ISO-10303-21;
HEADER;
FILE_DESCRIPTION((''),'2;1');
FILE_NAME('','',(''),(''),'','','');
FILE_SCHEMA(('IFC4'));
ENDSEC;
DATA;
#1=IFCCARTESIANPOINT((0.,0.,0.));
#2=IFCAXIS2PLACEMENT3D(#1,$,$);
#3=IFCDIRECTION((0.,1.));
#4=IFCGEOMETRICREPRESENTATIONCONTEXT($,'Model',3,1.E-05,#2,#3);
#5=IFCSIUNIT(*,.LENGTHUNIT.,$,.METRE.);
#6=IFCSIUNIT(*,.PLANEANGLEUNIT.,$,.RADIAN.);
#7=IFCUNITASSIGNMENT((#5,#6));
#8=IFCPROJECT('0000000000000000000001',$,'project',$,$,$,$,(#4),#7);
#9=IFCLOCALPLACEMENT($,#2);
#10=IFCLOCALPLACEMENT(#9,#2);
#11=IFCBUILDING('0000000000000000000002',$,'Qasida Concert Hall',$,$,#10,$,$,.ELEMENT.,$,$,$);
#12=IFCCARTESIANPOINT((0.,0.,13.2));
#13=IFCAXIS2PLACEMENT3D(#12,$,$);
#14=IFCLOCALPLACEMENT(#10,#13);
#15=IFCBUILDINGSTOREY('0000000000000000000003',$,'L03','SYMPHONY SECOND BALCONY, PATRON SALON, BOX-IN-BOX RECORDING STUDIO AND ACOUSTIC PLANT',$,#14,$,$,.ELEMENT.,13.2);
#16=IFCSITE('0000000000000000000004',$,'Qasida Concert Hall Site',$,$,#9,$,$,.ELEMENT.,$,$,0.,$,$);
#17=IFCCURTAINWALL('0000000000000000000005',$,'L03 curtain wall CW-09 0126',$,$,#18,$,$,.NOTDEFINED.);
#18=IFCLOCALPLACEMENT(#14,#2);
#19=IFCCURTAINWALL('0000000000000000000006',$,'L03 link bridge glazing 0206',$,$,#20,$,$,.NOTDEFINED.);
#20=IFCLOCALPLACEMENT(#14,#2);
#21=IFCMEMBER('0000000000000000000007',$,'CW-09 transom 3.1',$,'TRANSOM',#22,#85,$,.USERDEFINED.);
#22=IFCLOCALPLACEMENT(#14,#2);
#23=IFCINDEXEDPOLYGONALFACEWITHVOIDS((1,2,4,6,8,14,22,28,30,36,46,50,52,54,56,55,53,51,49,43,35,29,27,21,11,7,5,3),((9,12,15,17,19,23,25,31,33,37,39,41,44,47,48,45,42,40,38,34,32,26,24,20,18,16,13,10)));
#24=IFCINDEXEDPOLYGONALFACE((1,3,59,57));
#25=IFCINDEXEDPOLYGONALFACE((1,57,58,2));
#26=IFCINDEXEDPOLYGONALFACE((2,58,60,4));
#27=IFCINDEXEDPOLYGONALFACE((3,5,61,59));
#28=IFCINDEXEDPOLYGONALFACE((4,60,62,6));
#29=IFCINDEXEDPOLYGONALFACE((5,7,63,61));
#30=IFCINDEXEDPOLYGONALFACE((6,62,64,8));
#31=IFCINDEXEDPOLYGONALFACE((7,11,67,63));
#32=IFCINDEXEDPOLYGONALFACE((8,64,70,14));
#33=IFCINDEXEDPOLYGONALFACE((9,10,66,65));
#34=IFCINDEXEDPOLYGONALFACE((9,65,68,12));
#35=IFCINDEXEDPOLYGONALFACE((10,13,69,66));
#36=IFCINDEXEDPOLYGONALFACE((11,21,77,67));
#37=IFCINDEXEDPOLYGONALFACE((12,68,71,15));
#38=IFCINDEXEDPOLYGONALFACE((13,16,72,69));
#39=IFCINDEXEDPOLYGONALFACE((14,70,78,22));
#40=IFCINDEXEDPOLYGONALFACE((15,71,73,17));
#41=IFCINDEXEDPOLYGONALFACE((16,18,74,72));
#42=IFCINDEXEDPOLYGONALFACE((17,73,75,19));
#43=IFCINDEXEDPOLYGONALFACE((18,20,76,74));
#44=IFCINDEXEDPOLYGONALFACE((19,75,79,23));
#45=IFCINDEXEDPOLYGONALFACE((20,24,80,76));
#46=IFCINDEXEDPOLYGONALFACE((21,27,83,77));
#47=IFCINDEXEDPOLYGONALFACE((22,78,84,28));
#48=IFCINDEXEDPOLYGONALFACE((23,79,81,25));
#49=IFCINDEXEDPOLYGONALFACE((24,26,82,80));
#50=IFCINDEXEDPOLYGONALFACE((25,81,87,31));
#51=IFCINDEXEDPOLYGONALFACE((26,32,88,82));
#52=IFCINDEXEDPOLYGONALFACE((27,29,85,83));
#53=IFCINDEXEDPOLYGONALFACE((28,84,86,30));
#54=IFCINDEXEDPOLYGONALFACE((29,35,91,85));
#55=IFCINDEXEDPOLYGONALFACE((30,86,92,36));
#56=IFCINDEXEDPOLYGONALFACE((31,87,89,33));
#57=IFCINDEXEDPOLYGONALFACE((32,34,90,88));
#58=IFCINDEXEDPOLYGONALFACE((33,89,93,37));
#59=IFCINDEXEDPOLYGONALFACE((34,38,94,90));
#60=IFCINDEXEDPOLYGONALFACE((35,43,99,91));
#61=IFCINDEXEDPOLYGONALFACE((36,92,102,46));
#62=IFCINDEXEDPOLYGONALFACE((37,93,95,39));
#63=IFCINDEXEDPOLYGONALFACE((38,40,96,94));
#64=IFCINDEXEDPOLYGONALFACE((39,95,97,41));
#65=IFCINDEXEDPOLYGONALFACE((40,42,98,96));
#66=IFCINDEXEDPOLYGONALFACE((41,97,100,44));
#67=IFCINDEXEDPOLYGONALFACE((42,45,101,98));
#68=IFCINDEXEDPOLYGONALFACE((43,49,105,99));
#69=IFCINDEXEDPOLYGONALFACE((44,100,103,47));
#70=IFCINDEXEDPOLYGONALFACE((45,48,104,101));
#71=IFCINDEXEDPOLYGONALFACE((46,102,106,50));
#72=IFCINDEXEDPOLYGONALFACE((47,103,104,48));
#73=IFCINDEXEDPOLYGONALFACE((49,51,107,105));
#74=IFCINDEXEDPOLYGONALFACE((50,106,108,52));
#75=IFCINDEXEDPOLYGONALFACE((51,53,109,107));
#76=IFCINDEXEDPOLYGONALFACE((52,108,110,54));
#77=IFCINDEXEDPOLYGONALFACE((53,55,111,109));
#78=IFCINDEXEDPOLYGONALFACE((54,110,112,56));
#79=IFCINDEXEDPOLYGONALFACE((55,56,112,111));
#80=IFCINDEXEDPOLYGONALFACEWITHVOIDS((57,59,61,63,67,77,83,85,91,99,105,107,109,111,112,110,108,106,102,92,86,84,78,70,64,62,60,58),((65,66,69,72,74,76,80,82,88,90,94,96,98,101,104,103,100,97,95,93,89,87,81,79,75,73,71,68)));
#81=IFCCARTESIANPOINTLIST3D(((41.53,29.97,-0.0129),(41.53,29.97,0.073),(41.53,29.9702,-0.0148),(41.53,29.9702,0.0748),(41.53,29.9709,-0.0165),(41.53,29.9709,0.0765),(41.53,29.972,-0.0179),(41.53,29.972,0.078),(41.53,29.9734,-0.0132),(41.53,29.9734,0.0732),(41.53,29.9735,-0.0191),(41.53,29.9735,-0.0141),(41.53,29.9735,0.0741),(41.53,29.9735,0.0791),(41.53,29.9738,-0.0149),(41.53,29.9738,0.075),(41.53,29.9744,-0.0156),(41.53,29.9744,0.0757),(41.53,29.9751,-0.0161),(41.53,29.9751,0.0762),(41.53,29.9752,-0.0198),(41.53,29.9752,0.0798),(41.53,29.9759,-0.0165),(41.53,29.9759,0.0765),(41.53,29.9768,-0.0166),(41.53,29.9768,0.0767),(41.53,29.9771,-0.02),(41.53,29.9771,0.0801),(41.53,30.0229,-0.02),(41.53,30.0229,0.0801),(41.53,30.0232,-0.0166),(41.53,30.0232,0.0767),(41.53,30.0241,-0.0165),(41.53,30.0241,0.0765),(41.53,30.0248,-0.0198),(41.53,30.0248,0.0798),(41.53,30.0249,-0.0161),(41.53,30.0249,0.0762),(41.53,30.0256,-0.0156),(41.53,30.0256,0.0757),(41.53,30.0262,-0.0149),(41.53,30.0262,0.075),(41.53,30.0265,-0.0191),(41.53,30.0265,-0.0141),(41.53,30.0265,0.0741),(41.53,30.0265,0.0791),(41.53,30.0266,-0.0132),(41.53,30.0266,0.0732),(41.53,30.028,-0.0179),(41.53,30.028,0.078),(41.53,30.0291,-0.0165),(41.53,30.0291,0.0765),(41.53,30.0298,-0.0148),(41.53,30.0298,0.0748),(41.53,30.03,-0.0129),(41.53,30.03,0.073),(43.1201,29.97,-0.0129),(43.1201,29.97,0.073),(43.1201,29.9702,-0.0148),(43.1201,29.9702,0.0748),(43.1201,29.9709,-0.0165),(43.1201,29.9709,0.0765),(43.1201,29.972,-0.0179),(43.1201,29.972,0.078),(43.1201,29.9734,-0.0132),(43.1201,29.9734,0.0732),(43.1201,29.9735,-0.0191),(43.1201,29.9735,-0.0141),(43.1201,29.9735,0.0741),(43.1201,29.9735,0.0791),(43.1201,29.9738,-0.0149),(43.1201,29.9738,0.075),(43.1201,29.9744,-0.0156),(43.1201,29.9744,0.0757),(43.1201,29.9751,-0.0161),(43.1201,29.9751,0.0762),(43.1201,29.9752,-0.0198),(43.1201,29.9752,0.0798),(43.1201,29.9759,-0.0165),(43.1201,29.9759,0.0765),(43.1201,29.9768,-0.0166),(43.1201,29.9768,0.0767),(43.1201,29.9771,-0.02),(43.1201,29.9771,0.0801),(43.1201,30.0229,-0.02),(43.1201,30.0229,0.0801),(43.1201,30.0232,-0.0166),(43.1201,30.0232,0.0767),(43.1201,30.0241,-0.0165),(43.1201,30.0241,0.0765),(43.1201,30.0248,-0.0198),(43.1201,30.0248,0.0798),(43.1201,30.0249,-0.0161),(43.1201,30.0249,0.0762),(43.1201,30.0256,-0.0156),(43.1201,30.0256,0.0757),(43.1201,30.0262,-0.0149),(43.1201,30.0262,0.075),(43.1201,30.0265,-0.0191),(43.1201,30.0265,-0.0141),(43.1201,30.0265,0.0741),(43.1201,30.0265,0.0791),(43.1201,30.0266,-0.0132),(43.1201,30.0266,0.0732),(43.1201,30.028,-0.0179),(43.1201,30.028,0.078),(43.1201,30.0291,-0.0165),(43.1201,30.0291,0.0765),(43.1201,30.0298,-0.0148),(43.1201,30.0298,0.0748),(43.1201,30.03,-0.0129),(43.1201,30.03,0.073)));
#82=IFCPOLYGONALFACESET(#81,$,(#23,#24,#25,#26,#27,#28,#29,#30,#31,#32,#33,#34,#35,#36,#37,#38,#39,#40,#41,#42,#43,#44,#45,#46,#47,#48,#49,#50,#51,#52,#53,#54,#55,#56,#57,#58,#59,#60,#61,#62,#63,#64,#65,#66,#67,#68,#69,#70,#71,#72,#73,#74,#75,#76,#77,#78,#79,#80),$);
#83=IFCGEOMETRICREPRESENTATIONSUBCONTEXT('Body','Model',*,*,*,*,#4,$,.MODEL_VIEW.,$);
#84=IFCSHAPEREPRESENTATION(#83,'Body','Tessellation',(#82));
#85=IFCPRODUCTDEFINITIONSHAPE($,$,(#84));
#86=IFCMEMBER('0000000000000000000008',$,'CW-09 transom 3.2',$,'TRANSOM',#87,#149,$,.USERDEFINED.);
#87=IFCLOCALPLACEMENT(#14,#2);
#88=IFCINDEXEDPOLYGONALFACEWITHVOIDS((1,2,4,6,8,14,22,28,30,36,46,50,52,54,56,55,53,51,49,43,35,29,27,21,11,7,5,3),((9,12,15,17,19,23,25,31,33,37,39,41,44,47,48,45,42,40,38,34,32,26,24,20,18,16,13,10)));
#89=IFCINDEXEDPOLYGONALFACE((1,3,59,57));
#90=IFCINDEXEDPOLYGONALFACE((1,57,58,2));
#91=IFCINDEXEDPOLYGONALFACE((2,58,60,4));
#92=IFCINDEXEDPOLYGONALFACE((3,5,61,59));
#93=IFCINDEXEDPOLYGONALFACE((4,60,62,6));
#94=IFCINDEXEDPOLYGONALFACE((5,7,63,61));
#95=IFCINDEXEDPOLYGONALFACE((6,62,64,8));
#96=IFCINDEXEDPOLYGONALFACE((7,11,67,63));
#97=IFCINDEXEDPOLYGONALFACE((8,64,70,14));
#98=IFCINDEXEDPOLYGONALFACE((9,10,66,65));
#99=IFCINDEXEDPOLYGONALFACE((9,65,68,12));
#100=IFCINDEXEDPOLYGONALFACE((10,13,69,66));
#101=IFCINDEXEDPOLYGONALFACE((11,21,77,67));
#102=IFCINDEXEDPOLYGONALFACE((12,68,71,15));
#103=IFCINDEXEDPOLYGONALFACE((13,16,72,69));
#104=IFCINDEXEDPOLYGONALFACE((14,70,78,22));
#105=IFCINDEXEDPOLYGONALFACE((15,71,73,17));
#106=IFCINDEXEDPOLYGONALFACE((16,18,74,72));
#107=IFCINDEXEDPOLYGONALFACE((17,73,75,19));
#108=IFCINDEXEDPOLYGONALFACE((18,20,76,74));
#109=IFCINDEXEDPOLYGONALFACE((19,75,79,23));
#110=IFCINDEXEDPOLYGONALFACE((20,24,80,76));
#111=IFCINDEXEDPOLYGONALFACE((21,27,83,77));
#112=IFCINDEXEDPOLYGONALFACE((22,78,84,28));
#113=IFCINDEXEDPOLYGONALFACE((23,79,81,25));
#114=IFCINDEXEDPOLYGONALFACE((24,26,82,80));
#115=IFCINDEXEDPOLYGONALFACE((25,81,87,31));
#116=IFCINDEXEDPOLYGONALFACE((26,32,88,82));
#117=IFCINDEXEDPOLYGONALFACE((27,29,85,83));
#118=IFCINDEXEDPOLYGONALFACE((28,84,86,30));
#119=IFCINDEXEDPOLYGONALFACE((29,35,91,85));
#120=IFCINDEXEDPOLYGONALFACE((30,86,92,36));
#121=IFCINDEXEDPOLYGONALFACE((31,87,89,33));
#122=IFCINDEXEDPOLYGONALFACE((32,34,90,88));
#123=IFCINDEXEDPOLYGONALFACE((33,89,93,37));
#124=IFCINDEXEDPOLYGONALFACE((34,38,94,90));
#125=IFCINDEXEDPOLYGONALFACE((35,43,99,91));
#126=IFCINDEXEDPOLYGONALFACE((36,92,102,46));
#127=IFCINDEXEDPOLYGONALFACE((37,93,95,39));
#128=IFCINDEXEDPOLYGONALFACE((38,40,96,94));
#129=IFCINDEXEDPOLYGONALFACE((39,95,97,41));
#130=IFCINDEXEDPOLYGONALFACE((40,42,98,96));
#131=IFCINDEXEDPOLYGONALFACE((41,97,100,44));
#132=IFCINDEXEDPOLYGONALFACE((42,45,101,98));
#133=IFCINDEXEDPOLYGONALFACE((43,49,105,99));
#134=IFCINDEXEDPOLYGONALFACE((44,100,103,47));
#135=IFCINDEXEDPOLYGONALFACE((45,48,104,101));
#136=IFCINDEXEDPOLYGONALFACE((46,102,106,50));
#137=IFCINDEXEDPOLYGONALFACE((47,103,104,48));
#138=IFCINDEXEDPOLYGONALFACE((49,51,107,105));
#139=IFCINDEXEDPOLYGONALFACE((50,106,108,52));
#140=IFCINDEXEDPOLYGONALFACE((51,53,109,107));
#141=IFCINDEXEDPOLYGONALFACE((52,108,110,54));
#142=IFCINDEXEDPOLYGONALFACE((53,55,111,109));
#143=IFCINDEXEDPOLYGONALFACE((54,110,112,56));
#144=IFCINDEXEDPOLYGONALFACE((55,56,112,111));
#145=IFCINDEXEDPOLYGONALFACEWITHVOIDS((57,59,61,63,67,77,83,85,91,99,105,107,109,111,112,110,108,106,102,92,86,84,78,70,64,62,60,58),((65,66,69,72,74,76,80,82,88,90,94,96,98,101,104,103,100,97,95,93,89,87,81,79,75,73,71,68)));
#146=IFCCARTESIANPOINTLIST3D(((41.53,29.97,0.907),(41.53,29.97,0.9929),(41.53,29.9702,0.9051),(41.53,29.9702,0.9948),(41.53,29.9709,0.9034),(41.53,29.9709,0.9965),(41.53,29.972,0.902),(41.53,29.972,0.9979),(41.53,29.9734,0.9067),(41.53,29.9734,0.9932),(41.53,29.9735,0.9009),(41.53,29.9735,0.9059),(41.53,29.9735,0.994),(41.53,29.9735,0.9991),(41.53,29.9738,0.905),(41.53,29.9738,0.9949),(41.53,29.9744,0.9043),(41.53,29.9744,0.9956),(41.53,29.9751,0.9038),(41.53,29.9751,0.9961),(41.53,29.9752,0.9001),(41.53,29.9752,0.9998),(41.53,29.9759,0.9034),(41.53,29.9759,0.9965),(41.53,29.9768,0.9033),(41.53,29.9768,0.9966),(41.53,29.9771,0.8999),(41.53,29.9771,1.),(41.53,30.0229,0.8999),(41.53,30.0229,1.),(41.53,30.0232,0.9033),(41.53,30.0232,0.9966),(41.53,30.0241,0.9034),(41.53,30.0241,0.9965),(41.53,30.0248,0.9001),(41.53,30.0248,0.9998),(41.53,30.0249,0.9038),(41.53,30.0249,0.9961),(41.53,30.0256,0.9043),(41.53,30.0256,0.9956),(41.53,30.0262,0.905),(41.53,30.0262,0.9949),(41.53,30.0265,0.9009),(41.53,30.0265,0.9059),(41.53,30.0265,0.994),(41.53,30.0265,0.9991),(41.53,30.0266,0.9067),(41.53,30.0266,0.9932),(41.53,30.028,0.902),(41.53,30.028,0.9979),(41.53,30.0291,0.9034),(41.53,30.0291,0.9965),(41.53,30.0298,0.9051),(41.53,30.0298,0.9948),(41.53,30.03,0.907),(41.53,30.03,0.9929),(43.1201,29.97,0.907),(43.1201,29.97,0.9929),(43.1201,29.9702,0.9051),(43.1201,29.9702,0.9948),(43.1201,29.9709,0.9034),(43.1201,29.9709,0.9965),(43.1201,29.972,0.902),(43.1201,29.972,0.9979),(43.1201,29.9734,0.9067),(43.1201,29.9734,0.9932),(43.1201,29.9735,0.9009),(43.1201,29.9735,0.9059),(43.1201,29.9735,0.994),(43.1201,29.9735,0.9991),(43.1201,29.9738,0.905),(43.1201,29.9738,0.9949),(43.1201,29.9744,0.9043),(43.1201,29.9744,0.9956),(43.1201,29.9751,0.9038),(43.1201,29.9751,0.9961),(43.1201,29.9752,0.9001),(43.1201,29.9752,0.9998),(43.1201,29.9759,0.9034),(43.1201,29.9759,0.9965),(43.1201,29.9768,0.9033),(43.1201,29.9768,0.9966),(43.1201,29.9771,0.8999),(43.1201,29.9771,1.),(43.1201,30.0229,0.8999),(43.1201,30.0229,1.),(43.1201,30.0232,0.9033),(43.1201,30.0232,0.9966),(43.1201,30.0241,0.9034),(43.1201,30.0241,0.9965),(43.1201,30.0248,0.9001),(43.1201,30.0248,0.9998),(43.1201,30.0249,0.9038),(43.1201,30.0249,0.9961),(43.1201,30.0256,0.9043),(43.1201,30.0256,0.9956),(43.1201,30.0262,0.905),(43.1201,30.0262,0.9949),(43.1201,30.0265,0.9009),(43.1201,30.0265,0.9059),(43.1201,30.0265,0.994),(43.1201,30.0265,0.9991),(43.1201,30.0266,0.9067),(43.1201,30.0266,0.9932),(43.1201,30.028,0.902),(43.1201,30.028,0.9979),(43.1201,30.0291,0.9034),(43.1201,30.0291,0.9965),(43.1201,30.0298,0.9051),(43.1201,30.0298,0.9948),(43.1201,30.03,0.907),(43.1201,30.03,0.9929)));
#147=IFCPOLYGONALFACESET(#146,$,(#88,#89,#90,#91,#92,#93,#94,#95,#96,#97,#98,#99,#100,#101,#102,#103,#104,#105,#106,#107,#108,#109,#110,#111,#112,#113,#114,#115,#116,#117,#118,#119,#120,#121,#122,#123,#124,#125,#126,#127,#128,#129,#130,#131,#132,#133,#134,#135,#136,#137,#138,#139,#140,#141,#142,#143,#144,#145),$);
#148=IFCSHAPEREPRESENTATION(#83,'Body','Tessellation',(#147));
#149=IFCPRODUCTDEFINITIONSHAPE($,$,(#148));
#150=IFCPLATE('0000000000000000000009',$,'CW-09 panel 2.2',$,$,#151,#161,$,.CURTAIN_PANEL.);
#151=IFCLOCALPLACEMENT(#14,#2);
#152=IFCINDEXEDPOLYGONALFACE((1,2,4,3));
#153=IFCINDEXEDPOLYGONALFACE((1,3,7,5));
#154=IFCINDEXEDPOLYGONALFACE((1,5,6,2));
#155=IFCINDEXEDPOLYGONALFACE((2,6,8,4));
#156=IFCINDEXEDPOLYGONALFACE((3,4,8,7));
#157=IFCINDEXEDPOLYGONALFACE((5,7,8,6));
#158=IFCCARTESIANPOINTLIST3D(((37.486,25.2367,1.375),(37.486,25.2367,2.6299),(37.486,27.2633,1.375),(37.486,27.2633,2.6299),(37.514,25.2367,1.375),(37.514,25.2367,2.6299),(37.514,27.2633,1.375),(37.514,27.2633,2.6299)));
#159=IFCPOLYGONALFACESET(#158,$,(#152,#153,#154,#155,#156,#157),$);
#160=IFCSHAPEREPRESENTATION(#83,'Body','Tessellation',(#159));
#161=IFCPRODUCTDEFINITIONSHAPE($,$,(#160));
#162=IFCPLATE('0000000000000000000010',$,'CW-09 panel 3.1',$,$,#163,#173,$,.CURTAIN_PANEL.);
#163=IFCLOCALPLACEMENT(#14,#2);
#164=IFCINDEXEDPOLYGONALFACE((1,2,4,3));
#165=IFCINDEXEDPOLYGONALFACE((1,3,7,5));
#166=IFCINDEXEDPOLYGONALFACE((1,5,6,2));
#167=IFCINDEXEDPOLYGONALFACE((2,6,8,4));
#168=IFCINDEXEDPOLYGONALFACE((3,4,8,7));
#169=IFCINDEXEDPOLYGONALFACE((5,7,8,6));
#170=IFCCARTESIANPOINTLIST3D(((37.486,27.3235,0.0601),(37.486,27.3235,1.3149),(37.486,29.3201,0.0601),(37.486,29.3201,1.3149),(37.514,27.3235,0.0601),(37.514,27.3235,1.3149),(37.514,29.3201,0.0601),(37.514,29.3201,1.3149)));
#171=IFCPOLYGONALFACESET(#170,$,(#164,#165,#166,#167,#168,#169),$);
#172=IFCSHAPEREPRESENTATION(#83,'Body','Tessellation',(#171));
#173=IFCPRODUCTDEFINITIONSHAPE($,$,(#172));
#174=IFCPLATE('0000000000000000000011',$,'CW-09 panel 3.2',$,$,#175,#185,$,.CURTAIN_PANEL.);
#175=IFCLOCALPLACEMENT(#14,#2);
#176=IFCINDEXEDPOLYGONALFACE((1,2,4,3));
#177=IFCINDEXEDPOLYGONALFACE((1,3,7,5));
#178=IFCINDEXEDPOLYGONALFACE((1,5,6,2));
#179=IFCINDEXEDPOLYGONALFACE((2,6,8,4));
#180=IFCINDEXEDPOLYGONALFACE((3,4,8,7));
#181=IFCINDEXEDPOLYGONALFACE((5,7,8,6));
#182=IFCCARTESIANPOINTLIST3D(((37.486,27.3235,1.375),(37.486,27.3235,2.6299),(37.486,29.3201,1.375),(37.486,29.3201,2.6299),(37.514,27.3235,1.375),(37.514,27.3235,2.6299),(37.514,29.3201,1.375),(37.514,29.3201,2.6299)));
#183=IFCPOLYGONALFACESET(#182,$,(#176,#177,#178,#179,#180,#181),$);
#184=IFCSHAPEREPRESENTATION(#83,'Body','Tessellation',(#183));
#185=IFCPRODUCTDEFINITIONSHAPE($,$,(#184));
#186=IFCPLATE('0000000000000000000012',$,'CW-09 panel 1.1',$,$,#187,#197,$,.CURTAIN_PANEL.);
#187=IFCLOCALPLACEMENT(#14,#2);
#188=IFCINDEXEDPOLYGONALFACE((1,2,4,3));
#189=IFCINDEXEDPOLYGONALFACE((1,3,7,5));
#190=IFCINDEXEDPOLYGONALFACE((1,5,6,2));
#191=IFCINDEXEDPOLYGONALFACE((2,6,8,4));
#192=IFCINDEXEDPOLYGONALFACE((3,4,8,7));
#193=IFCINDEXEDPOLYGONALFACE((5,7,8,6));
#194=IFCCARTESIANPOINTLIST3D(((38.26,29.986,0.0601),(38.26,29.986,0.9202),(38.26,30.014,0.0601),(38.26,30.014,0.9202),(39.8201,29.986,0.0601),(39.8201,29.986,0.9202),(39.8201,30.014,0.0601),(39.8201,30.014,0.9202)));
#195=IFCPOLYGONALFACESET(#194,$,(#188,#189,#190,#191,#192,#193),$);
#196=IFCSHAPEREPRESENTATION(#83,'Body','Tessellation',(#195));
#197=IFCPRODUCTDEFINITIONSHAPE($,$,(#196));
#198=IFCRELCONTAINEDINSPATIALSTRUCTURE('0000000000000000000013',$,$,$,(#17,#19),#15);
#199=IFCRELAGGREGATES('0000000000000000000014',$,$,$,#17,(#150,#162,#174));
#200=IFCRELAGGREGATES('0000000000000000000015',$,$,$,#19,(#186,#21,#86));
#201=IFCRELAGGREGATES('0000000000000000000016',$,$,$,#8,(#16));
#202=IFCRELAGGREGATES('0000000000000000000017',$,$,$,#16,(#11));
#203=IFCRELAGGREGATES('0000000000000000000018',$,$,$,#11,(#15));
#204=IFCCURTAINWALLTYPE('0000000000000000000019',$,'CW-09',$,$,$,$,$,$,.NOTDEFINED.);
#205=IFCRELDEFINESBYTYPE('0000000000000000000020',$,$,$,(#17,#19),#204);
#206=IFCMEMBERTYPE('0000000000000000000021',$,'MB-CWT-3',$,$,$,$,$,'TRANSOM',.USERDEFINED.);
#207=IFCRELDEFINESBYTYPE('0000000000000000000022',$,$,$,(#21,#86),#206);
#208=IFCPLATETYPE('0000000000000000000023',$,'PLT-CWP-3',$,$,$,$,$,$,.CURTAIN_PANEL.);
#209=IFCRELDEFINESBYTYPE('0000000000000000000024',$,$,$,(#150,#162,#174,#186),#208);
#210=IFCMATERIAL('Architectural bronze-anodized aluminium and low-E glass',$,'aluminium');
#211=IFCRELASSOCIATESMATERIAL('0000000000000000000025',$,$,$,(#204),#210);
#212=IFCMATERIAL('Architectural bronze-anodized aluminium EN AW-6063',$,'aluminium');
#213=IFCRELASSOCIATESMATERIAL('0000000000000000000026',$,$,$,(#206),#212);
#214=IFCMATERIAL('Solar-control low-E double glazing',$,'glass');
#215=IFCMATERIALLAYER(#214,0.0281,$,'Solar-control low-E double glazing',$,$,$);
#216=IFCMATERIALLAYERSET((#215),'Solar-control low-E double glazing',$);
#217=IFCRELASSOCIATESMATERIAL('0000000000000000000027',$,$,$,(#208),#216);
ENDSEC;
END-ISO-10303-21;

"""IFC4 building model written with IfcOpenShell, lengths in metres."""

from ifc_helpers import new_model, si_unit, direction, frame, origin, origin_2d, place, context, subcontext, project, spatial, rectangle, hollow_rectangle, extrude, material, layer, layer_set, material_profile, profile_set, type_object, element, aggregate, save


model = new_model("IFC4")

# Units and contexts
model_context = context("Model", 3, precision=1e-05, world=origin(), true_north=direction((0.0, 1.0)))
body_context = subcontext(model_context, "Body", "Model", "MODEL_VIEW")
ifc_project = project(units=[si_unit("LENGTHUNIT", "METRE"), si_unit("PLANEANGLEUNIT", "RADIAN")], contexts=[model_context])

# Site, building, storey
site_placement = place(None, origin())
site = spatial("IfcSite", under=ifc_project, at=site_placement, Name="Qasida Concert Hall Site", CompositionType="ELEMENT", RefElevation=0.0)
building_placement = place(site_placement, origin())
building = spatial("IfcBuilding", under=site, at=building_placement, Name="Qasida Concert Hall", CompositionType="ELEMENT")
storey_placement = place(building_placement, frame((0.0, 0.0, 13.2)))
storey = spatial("IfcBuildingStorey", under=building, at=storey_placement, Name="L03", Description="SYMPHONY SECOND BALCONY, PATRON SALON, BOX-IN-BOX RECORDING STUDIO AND ACOUSTIC PLANT", CompositionType="ELEMENT", Elevation=13.2)

# Curtain walls
ifc_material_1 = material(Name="Architectural bronze-anodized aluminium and low-E glass", Category="aluminium")
curtain_wall_type = type_object("IfcCurtainWallType", Name="CW-09", PredefinedType="NOTDEFINED", material=ifc_material_1)
curtain_wall_1_placement = place(storey_placement, origin())
curtain_wall_1 = element("IfcCurtainWall", 1, at=curtain_wall_1_placement, inside=storey, type_object=curtain_wall_type, Name="L03 curtain wall CW-09 0126", PredefinedType="NOTDEFINED")
ifc_material_2 = material(Name="Architectural bronze-anodized aluminium EN AW-6063", Category="aluminium")
curtain_wall_2_placement = place(storey_placement, origin())
curtain_wall_2 = element("IfcCurtainWall", 2, at=curtain_wall_2_placement, inside=storey, type_object=curtain_wall_type, Name="L03 link bridge glazing 0206", PredefinedType="NOTDEFINED")

# Members
ifc_material_profile_1 = material_profile(ifc_material_2, hollow_rectangle(XDim=0.0601, YDim=0.1001, WallThickness=0.0034, InnerFilletRadius=0.0034, OuterFilletRadius=0.0071, at=origin_2d()), Name="CWT 100x60x3.5")
ifc_profile_set_1 = profile_set([ifc_material_profile_1], Name="Architectural bronze-anodized aluminium EN AW-6063")
member_type_1 = type_object("IfcMemberType", Name="MB-CWT-3", ElementType="TRANSOM", PredefinedType="USERDEFINED", material=ifc_profile_set_1)
member_1_placement = place(storey_placement, frame((41.53, 30.0, 0.03), z_axis=(1.0, 0.0, 0.0), x_axis=(0.0, 1.0, 0.0)))
member_1 = element("IfcMember", 3, at=member_1_placement, type_object=member_type_1, Name="CW-09 transom 3.1", ObjectType="TRANSOM", PredefinedType="USERDEFINED", context=body_context, shape_type="SweptSolid", body=[
    extrude(hollow_rectangle(XDim=0.0601, YDim=0.1001, WallThickness=0.0034, InnerFilletRadius=0.0034, OuterFilletRadius=0.0071, at=origin_2d()), origin(), (0.0, 0.0, 1.0), 1.5901),
])
member_2_placement = place(storey_placement, frame((41.53, 30.0, 0.95), z_axis=(1.0, 0.0, 0.0), x_axis=(0.0, 1.0, 0.0)))
member_2 = element("IfcMember", 4, at=member_2_placement, type_object=member_type_1, Name="CW-09 transom 3.2", ObjectType="TRANSOM", PredefinedType="USERDEFINED", context=body_context, shape_type="SweptSolid", body=[
    extrude(hollow_rectangle(XDim=0.0601, YDim=0.1001, WallThickness=0.0034, InnerFilletRadius=0.0034, OuterFilletRadius=0.0071, at=origin_2d()), origin(), (0.0, 0.0, 1.0), 1.5901),
])

# Plates
ifc_material_3 = material(Name="Solar-control low-E double glazing", Category="glass")
ifc_layer_1 = layer(ifc_material_3, 0.0281, Name="Solar-control low-E double glazing")
ifc_layer_set_1 = layer_set([ifc_layer_1], Name="Solar-control low-E double glazing")
plate_type = type_object("IfcPlateType", Name="PLT-CWP-3", PredefinedType="CURTAIN_PANEL", material=ifc_layer_set_1)
plate_1_placement = place(storey_placement, frame((37.5, 26.25, 1.375), z_axis=(0.0, 0.0, 1.0), x_axis=(0.0, 1.0, 0.0)))
plate_1 = element("IfcPlate", 5, at=plate_1_placement, type_object=plate_type, Name="CW-09 panel 2.2", PredefinedType="CURTAIN_PANEL", context=body_context, shape_type="SweptSolid", body=[
    extrude(rectangle(XDim=2.0266, YDim=0.0281, at=origin_2d()), origin(), (0.0, 0.0, 1.0), 1.2549),
])
plate_2_placement = place(storey_placement, frame((37.5, 28.3218, 0.0601), z_axis=(0.0, 0.0, 1.0), x_axis=(0.0, 1.0, 0.0)))
plate_2 = element("IfcPlate", 6, at=plate_2_placement, type_object=plate_type, Name="CW-09 panel 3.1", PredefinedType="CURTAIN_PANEL", context=body_context, shape_type="SweptSolid", body=[
    extrude(rectangle(XDim=1.9966, YDim=0.0281, at=origin_2d()), origin(), (0.0, 0.0, 1.0), 1.2549),
])
plate_3_placement = place(storey_placement, frame((37.5, 28.3218, 1.375), z_axis=(0.0, 0.0, 1.0), x_axis=(0.0, 1.0, 0.0)))
plate_3 = element("IfcPlate", 7, at=plate_3_placement, type_object=plate_type, Name="CW-09 panel 3.2", PredefinedType="CURTAIN_PANEL", context=body_context, shape_type="SweptSolid", body=[
    extrude(rectangle(XDim=1.9966, YDim=0.0281, at=origin_2d()), origin(), (0.0, 0.0, 1.0), 1.2549),
])
aggregate(curtain_wall_1, [plate_1, plate_2, plate_3])
plate_4_placement = place(storey_placement, frame((39.04, 30.0, 0.0601), z_axis=(0.0, 0.0, 1.0), x_axis=(1.0, 0.0, 0.0)))
plate_4 = element("IfcPlate", 8, at=plate_4_placement, type_object=plate_type, Name="CW-09 panel 1.1", PredefinedType="CURTAIN_PANEL", context=body_context, shape_type="SweptSolid", body=[
    extrude(rectangle(XDim=1.5601, YDim=0.0281, at=origin_2d()), origin(), (0.0, 0.0, 1.0), 0.8601),
])
aggregate(curtain_wall_2, [plate_4, member_1, member_2])

save(model, "model.ifc")
